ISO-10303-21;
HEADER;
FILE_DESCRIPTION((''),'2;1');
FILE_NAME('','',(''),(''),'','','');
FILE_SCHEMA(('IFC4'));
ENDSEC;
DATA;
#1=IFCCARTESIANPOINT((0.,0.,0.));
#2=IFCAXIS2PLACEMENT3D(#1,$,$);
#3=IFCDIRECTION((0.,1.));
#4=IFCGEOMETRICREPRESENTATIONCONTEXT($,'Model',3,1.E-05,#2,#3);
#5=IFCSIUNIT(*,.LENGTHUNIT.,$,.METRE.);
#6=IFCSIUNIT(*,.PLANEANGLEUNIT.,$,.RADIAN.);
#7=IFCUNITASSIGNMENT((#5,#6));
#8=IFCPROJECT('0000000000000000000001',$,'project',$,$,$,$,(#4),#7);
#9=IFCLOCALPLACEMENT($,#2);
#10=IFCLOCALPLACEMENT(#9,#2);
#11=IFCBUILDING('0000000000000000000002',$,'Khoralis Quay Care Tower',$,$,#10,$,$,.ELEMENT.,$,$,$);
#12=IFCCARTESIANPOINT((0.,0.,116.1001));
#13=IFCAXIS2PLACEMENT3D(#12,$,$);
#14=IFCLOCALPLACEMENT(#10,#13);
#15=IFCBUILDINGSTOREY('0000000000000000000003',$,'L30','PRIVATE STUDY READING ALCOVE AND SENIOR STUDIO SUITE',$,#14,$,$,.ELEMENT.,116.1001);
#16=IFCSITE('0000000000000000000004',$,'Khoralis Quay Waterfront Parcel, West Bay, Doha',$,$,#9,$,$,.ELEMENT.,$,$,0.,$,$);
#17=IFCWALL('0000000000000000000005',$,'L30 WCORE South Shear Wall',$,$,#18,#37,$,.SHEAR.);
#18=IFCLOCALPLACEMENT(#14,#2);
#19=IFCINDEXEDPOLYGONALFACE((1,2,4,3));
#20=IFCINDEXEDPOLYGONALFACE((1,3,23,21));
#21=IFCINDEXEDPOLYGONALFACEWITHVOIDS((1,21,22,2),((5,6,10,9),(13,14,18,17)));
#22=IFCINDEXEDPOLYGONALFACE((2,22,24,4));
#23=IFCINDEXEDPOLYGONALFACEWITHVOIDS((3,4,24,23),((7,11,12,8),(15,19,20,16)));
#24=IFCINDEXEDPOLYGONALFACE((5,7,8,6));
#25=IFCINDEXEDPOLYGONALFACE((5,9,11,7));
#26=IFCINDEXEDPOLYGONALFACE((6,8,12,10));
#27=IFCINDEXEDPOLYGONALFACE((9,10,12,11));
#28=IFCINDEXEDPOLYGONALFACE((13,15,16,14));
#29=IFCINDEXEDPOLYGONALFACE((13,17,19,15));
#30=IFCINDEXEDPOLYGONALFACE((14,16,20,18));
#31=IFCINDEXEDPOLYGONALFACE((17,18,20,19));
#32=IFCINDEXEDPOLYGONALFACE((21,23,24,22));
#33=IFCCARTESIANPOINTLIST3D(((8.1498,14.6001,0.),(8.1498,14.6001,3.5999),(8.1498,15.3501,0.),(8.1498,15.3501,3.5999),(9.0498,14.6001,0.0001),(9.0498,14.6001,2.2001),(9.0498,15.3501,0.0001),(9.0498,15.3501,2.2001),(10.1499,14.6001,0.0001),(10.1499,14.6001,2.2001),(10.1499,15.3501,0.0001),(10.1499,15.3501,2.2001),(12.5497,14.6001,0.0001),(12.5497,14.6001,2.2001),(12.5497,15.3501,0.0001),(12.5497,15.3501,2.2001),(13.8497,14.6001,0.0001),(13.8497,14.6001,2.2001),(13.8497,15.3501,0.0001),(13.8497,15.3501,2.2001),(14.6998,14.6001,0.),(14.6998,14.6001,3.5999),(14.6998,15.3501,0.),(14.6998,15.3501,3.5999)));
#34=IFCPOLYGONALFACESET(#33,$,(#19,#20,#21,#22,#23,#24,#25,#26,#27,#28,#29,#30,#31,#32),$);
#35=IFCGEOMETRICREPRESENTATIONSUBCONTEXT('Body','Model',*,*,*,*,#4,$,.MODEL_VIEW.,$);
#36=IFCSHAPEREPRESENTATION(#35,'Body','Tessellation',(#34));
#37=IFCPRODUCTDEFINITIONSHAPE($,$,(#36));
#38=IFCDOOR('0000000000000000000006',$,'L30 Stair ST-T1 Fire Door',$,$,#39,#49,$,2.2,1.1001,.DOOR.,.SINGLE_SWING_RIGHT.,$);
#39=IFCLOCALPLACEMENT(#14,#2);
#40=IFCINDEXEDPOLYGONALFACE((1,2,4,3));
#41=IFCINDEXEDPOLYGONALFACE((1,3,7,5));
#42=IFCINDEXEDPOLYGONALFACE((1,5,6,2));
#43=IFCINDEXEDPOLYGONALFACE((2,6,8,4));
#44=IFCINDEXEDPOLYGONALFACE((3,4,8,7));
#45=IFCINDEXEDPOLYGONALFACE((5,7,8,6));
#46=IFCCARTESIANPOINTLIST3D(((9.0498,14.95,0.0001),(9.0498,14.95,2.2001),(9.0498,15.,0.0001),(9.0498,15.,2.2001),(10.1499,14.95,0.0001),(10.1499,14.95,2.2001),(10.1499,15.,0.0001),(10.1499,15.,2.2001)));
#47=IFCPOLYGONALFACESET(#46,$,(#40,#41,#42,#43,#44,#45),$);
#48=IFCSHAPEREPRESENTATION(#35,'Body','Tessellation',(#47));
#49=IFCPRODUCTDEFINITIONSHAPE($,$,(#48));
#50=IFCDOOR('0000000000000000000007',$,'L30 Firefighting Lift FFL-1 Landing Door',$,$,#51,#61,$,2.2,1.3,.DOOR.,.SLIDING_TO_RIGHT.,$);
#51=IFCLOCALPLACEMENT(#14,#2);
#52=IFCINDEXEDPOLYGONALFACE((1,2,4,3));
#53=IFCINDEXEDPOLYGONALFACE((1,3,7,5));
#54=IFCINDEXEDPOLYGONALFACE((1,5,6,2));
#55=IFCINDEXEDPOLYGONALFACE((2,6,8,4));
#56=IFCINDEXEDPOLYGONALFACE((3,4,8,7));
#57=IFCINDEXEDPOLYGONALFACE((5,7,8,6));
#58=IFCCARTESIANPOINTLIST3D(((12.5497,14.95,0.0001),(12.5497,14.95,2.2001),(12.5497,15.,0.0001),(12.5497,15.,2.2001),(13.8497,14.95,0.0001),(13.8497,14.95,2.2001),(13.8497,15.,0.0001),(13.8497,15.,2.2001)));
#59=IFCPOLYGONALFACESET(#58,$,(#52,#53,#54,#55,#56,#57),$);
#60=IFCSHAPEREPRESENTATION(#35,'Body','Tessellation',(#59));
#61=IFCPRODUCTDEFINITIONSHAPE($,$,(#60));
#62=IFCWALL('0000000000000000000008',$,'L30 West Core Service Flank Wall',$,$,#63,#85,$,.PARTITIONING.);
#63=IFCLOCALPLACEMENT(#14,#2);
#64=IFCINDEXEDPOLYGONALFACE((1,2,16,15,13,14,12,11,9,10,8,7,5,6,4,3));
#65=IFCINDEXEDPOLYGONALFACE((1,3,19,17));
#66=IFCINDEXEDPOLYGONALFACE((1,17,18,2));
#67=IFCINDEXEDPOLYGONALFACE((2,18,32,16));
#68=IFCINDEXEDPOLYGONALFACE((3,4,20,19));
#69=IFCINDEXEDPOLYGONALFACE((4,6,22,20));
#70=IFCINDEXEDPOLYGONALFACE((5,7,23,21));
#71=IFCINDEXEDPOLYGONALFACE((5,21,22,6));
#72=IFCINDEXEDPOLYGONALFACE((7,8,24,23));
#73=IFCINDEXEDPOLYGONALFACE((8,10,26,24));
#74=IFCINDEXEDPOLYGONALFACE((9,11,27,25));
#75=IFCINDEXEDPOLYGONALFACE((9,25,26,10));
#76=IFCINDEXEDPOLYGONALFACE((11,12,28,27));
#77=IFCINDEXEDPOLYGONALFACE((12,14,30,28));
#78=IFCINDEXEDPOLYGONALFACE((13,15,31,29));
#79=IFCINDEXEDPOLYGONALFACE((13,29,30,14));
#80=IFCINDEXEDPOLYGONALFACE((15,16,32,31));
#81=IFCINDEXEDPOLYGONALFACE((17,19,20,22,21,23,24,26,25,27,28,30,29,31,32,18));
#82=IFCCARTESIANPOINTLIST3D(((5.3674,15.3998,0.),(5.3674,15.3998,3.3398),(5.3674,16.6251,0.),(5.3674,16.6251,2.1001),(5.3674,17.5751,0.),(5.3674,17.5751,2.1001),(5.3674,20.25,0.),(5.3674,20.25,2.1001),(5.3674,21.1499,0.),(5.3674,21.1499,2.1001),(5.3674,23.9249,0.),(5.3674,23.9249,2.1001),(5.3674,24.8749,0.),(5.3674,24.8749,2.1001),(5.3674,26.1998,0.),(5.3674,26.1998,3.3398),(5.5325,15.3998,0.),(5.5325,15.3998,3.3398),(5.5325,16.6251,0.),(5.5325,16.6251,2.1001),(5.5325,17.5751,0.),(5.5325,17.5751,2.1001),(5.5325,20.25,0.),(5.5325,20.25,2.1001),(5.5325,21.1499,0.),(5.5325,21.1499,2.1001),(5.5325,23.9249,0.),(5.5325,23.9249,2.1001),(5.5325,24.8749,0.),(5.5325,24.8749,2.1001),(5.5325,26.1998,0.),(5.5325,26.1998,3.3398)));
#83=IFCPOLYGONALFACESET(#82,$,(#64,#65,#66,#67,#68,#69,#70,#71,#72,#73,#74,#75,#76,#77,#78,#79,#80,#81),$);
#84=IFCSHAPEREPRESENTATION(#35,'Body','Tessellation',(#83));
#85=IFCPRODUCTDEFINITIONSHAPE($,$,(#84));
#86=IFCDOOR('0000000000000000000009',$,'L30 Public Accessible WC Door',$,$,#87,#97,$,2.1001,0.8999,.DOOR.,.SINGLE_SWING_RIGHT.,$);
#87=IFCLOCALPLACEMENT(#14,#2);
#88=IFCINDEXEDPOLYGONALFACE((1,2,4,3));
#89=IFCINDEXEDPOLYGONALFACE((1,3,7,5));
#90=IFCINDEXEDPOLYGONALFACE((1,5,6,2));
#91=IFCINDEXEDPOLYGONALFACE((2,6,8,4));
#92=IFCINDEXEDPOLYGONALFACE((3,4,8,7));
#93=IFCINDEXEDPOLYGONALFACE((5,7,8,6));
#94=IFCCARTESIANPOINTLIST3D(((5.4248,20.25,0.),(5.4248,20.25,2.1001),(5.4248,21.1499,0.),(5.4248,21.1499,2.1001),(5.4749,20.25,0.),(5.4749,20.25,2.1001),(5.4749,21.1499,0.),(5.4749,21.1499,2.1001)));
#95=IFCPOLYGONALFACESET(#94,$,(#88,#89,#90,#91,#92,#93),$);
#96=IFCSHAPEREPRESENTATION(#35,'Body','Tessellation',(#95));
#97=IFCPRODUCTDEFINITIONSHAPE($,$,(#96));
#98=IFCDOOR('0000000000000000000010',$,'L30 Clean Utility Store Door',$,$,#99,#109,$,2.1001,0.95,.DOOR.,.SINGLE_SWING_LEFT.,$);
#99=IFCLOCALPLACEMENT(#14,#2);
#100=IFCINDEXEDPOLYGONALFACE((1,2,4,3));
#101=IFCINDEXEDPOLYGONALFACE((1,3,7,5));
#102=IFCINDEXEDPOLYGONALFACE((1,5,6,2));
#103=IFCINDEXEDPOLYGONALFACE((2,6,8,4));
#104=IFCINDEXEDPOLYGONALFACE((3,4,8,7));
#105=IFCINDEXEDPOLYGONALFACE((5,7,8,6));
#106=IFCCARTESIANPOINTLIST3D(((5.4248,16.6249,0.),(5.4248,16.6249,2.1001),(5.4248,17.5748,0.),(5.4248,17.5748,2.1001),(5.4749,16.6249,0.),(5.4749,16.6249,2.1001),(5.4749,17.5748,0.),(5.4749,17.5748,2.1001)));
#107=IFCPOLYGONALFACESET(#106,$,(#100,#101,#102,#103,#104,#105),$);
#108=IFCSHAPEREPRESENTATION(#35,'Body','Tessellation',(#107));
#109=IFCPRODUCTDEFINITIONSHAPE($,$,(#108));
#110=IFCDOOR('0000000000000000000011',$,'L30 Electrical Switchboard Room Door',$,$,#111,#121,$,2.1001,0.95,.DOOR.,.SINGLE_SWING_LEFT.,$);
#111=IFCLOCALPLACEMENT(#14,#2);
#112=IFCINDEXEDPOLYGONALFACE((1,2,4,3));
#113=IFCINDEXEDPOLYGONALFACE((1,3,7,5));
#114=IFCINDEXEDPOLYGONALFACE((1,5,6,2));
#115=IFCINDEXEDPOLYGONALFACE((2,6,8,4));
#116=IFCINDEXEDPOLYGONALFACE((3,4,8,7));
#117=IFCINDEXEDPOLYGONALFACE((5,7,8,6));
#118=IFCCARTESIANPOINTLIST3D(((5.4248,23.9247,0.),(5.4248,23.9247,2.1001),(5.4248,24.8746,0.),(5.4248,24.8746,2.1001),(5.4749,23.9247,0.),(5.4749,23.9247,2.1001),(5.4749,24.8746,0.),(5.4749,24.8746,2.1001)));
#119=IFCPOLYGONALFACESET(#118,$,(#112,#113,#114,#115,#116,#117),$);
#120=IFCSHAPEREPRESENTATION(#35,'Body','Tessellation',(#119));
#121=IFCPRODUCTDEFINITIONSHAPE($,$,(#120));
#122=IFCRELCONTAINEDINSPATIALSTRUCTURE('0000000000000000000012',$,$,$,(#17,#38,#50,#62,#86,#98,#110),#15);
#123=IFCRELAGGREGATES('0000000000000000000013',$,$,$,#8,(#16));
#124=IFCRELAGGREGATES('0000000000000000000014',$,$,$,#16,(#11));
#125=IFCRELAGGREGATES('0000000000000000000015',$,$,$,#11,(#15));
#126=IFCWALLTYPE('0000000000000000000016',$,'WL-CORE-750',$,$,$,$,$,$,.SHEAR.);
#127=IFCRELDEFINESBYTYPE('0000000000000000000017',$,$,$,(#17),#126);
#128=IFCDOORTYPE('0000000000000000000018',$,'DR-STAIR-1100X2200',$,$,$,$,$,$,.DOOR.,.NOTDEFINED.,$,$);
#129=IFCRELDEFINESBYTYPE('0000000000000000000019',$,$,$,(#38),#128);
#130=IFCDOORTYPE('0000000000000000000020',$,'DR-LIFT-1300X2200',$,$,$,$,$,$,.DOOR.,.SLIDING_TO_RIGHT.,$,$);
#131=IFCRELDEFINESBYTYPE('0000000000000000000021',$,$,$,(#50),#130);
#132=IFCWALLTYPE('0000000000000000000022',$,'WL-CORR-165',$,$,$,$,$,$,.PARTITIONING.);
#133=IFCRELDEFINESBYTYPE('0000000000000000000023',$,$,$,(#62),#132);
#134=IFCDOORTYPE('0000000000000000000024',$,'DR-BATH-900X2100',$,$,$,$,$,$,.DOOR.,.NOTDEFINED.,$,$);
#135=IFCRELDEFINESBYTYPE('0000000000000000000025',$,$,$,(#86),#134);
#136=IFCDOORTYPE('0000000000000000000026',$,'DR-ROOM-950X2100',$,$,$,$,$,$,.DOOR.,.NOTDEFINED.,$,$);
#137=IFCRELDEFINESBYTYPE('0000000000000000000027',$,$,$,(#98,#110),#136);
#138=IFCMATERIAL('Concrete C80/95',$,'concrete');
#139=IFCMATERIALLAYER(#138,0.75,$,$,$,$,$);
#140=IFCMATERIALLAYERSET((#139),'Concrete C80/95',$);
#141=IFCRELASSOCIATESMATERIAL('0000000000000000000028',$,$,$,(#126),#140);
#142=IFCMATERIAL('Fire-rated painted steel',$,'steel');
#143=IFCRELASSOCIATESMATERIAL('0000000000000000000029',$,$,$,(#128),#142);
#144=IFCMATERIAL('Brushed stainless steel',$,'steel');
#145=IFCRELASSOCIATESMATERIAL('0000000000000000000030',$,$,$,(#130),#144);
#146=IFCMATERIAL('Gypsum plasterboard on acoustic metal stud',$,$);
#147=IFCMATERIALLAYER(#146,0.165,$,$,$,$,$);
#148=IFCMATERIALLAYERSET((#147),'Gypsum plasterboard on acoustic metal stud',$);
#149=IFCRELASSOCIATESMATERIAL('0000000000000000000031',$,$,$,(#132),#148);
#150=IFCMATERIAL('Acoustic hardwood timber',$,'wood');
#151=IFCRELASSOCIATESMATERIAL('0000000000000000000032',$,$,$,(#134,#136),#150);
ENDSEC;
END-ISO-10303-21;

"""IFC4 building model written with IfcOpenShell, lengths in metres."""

from ifc_helpers import new_model, si_unit, direction, frame, frame_2d, origin, place, context, subcontext, project, spatial, rectangle, extrude, source, transform, mapped, material, layer, layer_set, type_object, element, fill, save


model = new_model("IFC4")

# Units and contexts
model_context = context("Model", 3, precision=1e-05, world=origin(), true_north=direction((0.0, 1.0)))
body_context = subcontext(model_context, "Body", "Model", "MODEL_VIEW")
ifc_project = project(units=[si_unit("LENGTHUNIT", "METRE"), si_unit("PLANEANGLEUNIT", "RADIAN")], contexts=[model_context])

# Site, building, storey
site_placement = place(None, origin())
site = spatial("IfcSite", under=ifc_project, at=site_placement, Name="Khoralis Quay Waterfront Parcel, West Bay, Doha", CompositionType="ELEMENT", RefElevation=0.0)
building_placement = place(site_placement, origin())
building = spatial("IfcBuilding", under=site, at=building_placement, Name="Khoralis Quay Care Tower", CompositionType="ELEMENT")
storey_placement = place(building_placement, frame((0.0, 0.0, 116.1001)))
storey = spatial("IfcBuildingStorey", under=building, at=storey_placement, Name="L30", Description="PRIVATE STUDY READING ALCOVE AND SENIOR STUDIO SUITE", CompositionType="ELEMENT", Elevation=116.1001)

# Shared definitions
ifc_material_1 = material(Name="Concrete C80/95", Category="concrete")
ifc_layer_1 = layer(ifc_material_1, 0.75)
ifc_layer_set_1 = layer_set([ifc_layer_1], Name="Concrete C80/95")
wall_type_1 = type_object("IfcWallType", Name="WL-CORE-750", PredefinedType="SHEAR", material=ifc_layer_set_1)

# Shared definitions
ifc_material_2 = material(Name="Fire-rated painted steel", Category="steel")
door_type_1 = type_object("IfcDoorType", Name="DR-STAIR-1100X2200", OperationType="NOTDEFINED", PredefinedType="DOOR", material=ifc_material_2)
shared_shape_1 = source(origin(), body_context, "Body", "SweptSolid", [
    extrude(rectangle(XDim=1.1001, YDim=2.2, at=frame_2d((0.55, 1.1001))), frame((0.0, 0.0249, 0.0), z_axis=(0.0, -1.0, 0.0), x_axis=(1.0, 0.0, 0.0)), (0.0, 0.0, 1.0), 0.05),
])

# Walls, openings, doors
wall_1_placement = place(storey_placement, frame((8.1499, 14.9751, 0.0), z_axis=(0.0, 0.0, 1.0), x_axis=(1.0, 0.0, 0.0)))
wall_1 = element("IfcWall", 1, at=wall_1_placement, inside=storey, type_object=wall_type_1, Name="L30 WCORE South Shear Wall", PredefinedType="SHEAR", context=body_context, shape_type="SweptSolid", body=[
    extrude(rectangle(XDim=6.55, YDim=0.75, at=frame_2d((3.2749, 0.0))), origin(), (0.0, 0.0, 1.0), 3.5999),
])
opening_1_placement = place(wall_1_placement, frame((0.8999, 0.0, 0.0)))
opening_1 = element("IfcOpeningElement", 2, at=opening_1_placement, cuts=wall_1, PredefinedType="OPENING", context=body_context, shape_type="SweptSolid", body=[
    extrude(rectangle(XDim=1.1001, YDim=2.2, at=frame_2d((0.55, 1.1001))), frame((0.0, 0.385, 0.0), z_axis=(0.0, -1.0, 0.0), x_axis=(1.0, 0.0, 0.0)), (0.0, 0.0, 1.0), 0.77),
])
opening_2_placement = place(wall_1_placement, frame((4.3999, 0.0, 0.0)))
opening_2 = element("IfcOpeningElement", 3, at=opening_2_placement, cuts=wall_1, PredefinedType="OPENING", context=body_context, shape_type="SweptSolid", body=[
    extrude(rectangle(XDim=1.3, YDim=2.2, at=frame_2d((0.6499, 1.1001))), frame((0.0, 0.385, 0.0), z_axis=(0.0, -1.0, 0.0), x_axis=(1.0, 0.0, 0.0)), (0.0, 0.0, 1.0), 0.77),
])
door_1_placement = place(opening_1_placement, origin())
door_1 = element("IfcDoor", 4, at=door_1_placement, inside=storey, type_object=door_type_1, Name="L30 Stair ST-T1 Fire Door", OperationType="SINGLE_SWING_RIGHT", OverallHeight=2.2, OverallWidth=1.1001, PredefinedType="DOOR", context=body_context, shape_type="MappedRepresentation", body=[
    mapped(shared_shape_1, transform((0.0, 0.0, 0.0), scale=1.0)),
])
fill(opening_1, door_1)
ifc_material_3 = material(Name="Brushed stainless steel", Category="steel")
door_type_2 = type_object("IfcDoorType", Name="DR-LIFT-1300X2200", OperationType="SLIDING_TO_RIGHT", PredefinedType="DOOR", material=ifc_material_3)
shared_shape_2 = source(origin(), body_context, "Body", "SweptSolid", [
    extrude(rectangle(XDim=1.3, YDim=2.2, at=frame_2d((0.6499, 1.1001))), frame((0.0, 0.0249, 0.0), z_axis=(0.0, -1.0, 0.0), x_axis=(1.0, 0.0, 0.0)), (0.0, 0.0, 1.0), 0.05),
])
door_2_placement = place(opening_2_placement, origin())
door_2 = element("IfcDoor", 5, at=door_2_placement, inside=storey, type_object=door_type_2, Name="L30 Firefighting Lift FFL-1 Landing Door", OperationType="SLIDING_TO_RIGHT", OverallHeight=2.2, OverallWidth=1.3, PredefinedType="DOOR", context=body_context, shape_type="MappedRepresentation", body=[
    mapped(shared_shape_2, transform((0.0, 0.0, 0.0), scale=1.0)),
])
fill(opening_2, door_2)
ifc_material_4 = material(Name="Gypsum plasterboard on acoustic metal stud")
ifc_layer_2 = layer(ifc_material_4, 0.165)
ifc_layer_set_2 = layer_set([ifc_layer_2], Name="Gypsum plasterboard on acoustic metal stud")
wall_type_2 = type_object("IfcWallType", Name="WL-CORR-165", PredefinedType="PARTITIONING", material=ifc_layer_set_2)
wall_2_placement = place(storey_placement, frame((5.45, 15.3999, 0.0), z_axis=(0.0, 0.0, 1.0), x_axis=(0.0, 1.0, 0.0)))
wall_2 = element("IfcWall", 6, at=wall_2_placement, inside=storey, type_object=wall_type_2, Name="L30 West Core Service Flank Wall", PredefinedType="PARTITIONING", context=body_context, shape_type="SweptSolid", body=[
    extrude(rectangle(XDim=10.8, YDim=0.165, at=frame_2d((5.3999, 0.0))), origin(), (0.0, 0.0, 1.0), 3.3398),
])
opening_3_placement = place(wall_2_placement, frame((1.2251, 0.0, 0.0)))
opening_3 = element("IfcOpeningElement", 7, at=opening_3_placement, cuts=wall_2, PredefinedType="OPENING", context=body_context, shape_type="SweptSolid", body=[
    extrude(rectangle(XDim=0.95, YDim=2.1001, at=frame_2d((0.4751, 1.05))), frame((0.0, 0.0925, 0.0), z_axis=(0.0, -1.0, 0.0), x_axis=(1.0, 0.0, 0.0)), (0.0, 0.0, 1.0), 0.1851),
])
opening_4_placement = place(wall_2_placement, frame((4.8501, 0.0, 0.0)))
opening_4 = element("IfcOpeningElement", 8, at=opening_4_placement, cuts=wall_2, PredefinedType="OPENING", context=body_context, shape_type="SweptSolid", body=[
    extrude(rectangle(XDim=0.8999, YDim=2.1001, at=frame_2d((0.45, 1.05))), frame((0.0, 0.0925, 0.0), z_axis=(0.0, -1.0, 0.0), x_axis=(1.0, 0.0, 0.0)), (0.0, 0.0, 1.0), 0.1851),
])
opening_5_placement = place(wall_2_placement, frame((8.5249, 0.0, 0.0)))
opening_5 = element("IfcOpeningElement", 9, at=opening_5_placement, cuts=wall_2, PredefinedType="OPENING", context=body_context, shape_type="SweptSolid", body=[
    extrude(rectangle(XDim=0.95, YDim=2.1001, at=frame_2d((0.4751, 1.05))), frame((0.0, 0.0925, 0.0), z_axis=(0.0, -1.0, 0.0), x_axis=(1.0, 0.0, 0.0)), (0.0, 0.0, 1.0), 0.1851),
])
ifc_material_5 = material(Name="Acoustic hardwood timber", Category="wood")
door_type_3 = type_object("IfcDoorType", Name="DR-BATH-900X2100", OperationType="NOTDEFINED", PredefinedType="DOOR", material=ifc_material_5)
shared_shape_3 = source(origin(), body_context, "Body", "SweptSolid", [
    extrude(rectangle(XDim=0.8999, YDim=2.1001, at=frame_2d((0.45, 1.05))), frame((0.0, 0.0249, 0.0), z_axis=(0.0, -1.0, 0.0), x_axis=(1.0, 0.0, 0.0)), (0.0, 0.0, 1.0), 0.05),
])
door_3_placement = place(opening_4_placement, frame((0.8999, 0.0, 0.0), z_axis=(0.0, 0.0, 1.0), x_axis=(-1.0, 0.0, 0.0)))
door_3 = element("IfcDoor", 10, at=door_3_placement, inside=storey, type_object=door_type_3, Name="L30 Public Accessible WC Door", OperationType="SINGLE_SWING_RIGHT", OverallHeight=2.1001, OverallWidth=0.8999, PredefinedType="DOOR", context=body_context, shape_type="MappedRepresentation", body=[
    mapped(shared_shape_3, transform((0.0, 0.0, 0.0), scale=1.0)),
])
fill(opening_4, door_3)
door_type_4 = type_object("IfcDoorType", Name="DR-ROOM-950X2100", OperationType="NOTDEFINED", PredefinedType="DOOR", material=ifc_material_5)
shared_shape_4 = source(origin(), body_context, "Body", "SweptSolid", [
    extrude(rectangle(XDim=0.95, YDim=2.1001, at=frame_2d((0.4751, 1.05))), frame((0.0, 0.0249, 0.0), z_axis=(0.0, -1.0, 0.0), x_axis=(1.0, 0.0, 0.0)), (0.0, 0.0, 1.0), 0.05),
])
door_4_placement = place(opening_3_placement, frame((0.95, 0.0, 0.0), z_axis=(0.0, 0.0, 1.0), x_axis=(-1.0, 0.0, 0.0)))
door_4 = element("IfcDoor", 11, at=door_4_placement, inside=storey, type_object=door_type_4, Name="L30 Clean Utility Store Door", OperationType="SINGLE_SWING_LEFT", OverallHeight=2.1001, OverallWidth=0.95, PredefinedType="DOOR", context=body_context, shape_type="MappedRepresentation", body=[
    mapped(shared_shape_4, transform((0.0, 0.0, 0.0), scale=1.0)),
])
fill(opening_3, door_4)
door_5_placement = place(opening_5_placement, frame((0.95, 0.0, 0.0), z_axis=(0.0, 0.0, 1.0), x_axis=(-1.0, 0.0, 0.0)))
door_5 = element("IfcDoor", 12, at=door_5_placement, inside=storey, type_object=door_type_4, Name="L30 Electrical Switchboard Room Door", OperationType="SINGLE_SWING_LEFT", OverallHeight=2.1001, OverallWidth=0.95, PredefinedType="DOOR", context=body_context, shape_type="MappedRepresentation", body=[
    mapped(shared_shape_4, transform((0.0, 0.0, 0.0), scale=1.0)),
])
fill(opening_5, door_5)

save(model, "model.ifc")
